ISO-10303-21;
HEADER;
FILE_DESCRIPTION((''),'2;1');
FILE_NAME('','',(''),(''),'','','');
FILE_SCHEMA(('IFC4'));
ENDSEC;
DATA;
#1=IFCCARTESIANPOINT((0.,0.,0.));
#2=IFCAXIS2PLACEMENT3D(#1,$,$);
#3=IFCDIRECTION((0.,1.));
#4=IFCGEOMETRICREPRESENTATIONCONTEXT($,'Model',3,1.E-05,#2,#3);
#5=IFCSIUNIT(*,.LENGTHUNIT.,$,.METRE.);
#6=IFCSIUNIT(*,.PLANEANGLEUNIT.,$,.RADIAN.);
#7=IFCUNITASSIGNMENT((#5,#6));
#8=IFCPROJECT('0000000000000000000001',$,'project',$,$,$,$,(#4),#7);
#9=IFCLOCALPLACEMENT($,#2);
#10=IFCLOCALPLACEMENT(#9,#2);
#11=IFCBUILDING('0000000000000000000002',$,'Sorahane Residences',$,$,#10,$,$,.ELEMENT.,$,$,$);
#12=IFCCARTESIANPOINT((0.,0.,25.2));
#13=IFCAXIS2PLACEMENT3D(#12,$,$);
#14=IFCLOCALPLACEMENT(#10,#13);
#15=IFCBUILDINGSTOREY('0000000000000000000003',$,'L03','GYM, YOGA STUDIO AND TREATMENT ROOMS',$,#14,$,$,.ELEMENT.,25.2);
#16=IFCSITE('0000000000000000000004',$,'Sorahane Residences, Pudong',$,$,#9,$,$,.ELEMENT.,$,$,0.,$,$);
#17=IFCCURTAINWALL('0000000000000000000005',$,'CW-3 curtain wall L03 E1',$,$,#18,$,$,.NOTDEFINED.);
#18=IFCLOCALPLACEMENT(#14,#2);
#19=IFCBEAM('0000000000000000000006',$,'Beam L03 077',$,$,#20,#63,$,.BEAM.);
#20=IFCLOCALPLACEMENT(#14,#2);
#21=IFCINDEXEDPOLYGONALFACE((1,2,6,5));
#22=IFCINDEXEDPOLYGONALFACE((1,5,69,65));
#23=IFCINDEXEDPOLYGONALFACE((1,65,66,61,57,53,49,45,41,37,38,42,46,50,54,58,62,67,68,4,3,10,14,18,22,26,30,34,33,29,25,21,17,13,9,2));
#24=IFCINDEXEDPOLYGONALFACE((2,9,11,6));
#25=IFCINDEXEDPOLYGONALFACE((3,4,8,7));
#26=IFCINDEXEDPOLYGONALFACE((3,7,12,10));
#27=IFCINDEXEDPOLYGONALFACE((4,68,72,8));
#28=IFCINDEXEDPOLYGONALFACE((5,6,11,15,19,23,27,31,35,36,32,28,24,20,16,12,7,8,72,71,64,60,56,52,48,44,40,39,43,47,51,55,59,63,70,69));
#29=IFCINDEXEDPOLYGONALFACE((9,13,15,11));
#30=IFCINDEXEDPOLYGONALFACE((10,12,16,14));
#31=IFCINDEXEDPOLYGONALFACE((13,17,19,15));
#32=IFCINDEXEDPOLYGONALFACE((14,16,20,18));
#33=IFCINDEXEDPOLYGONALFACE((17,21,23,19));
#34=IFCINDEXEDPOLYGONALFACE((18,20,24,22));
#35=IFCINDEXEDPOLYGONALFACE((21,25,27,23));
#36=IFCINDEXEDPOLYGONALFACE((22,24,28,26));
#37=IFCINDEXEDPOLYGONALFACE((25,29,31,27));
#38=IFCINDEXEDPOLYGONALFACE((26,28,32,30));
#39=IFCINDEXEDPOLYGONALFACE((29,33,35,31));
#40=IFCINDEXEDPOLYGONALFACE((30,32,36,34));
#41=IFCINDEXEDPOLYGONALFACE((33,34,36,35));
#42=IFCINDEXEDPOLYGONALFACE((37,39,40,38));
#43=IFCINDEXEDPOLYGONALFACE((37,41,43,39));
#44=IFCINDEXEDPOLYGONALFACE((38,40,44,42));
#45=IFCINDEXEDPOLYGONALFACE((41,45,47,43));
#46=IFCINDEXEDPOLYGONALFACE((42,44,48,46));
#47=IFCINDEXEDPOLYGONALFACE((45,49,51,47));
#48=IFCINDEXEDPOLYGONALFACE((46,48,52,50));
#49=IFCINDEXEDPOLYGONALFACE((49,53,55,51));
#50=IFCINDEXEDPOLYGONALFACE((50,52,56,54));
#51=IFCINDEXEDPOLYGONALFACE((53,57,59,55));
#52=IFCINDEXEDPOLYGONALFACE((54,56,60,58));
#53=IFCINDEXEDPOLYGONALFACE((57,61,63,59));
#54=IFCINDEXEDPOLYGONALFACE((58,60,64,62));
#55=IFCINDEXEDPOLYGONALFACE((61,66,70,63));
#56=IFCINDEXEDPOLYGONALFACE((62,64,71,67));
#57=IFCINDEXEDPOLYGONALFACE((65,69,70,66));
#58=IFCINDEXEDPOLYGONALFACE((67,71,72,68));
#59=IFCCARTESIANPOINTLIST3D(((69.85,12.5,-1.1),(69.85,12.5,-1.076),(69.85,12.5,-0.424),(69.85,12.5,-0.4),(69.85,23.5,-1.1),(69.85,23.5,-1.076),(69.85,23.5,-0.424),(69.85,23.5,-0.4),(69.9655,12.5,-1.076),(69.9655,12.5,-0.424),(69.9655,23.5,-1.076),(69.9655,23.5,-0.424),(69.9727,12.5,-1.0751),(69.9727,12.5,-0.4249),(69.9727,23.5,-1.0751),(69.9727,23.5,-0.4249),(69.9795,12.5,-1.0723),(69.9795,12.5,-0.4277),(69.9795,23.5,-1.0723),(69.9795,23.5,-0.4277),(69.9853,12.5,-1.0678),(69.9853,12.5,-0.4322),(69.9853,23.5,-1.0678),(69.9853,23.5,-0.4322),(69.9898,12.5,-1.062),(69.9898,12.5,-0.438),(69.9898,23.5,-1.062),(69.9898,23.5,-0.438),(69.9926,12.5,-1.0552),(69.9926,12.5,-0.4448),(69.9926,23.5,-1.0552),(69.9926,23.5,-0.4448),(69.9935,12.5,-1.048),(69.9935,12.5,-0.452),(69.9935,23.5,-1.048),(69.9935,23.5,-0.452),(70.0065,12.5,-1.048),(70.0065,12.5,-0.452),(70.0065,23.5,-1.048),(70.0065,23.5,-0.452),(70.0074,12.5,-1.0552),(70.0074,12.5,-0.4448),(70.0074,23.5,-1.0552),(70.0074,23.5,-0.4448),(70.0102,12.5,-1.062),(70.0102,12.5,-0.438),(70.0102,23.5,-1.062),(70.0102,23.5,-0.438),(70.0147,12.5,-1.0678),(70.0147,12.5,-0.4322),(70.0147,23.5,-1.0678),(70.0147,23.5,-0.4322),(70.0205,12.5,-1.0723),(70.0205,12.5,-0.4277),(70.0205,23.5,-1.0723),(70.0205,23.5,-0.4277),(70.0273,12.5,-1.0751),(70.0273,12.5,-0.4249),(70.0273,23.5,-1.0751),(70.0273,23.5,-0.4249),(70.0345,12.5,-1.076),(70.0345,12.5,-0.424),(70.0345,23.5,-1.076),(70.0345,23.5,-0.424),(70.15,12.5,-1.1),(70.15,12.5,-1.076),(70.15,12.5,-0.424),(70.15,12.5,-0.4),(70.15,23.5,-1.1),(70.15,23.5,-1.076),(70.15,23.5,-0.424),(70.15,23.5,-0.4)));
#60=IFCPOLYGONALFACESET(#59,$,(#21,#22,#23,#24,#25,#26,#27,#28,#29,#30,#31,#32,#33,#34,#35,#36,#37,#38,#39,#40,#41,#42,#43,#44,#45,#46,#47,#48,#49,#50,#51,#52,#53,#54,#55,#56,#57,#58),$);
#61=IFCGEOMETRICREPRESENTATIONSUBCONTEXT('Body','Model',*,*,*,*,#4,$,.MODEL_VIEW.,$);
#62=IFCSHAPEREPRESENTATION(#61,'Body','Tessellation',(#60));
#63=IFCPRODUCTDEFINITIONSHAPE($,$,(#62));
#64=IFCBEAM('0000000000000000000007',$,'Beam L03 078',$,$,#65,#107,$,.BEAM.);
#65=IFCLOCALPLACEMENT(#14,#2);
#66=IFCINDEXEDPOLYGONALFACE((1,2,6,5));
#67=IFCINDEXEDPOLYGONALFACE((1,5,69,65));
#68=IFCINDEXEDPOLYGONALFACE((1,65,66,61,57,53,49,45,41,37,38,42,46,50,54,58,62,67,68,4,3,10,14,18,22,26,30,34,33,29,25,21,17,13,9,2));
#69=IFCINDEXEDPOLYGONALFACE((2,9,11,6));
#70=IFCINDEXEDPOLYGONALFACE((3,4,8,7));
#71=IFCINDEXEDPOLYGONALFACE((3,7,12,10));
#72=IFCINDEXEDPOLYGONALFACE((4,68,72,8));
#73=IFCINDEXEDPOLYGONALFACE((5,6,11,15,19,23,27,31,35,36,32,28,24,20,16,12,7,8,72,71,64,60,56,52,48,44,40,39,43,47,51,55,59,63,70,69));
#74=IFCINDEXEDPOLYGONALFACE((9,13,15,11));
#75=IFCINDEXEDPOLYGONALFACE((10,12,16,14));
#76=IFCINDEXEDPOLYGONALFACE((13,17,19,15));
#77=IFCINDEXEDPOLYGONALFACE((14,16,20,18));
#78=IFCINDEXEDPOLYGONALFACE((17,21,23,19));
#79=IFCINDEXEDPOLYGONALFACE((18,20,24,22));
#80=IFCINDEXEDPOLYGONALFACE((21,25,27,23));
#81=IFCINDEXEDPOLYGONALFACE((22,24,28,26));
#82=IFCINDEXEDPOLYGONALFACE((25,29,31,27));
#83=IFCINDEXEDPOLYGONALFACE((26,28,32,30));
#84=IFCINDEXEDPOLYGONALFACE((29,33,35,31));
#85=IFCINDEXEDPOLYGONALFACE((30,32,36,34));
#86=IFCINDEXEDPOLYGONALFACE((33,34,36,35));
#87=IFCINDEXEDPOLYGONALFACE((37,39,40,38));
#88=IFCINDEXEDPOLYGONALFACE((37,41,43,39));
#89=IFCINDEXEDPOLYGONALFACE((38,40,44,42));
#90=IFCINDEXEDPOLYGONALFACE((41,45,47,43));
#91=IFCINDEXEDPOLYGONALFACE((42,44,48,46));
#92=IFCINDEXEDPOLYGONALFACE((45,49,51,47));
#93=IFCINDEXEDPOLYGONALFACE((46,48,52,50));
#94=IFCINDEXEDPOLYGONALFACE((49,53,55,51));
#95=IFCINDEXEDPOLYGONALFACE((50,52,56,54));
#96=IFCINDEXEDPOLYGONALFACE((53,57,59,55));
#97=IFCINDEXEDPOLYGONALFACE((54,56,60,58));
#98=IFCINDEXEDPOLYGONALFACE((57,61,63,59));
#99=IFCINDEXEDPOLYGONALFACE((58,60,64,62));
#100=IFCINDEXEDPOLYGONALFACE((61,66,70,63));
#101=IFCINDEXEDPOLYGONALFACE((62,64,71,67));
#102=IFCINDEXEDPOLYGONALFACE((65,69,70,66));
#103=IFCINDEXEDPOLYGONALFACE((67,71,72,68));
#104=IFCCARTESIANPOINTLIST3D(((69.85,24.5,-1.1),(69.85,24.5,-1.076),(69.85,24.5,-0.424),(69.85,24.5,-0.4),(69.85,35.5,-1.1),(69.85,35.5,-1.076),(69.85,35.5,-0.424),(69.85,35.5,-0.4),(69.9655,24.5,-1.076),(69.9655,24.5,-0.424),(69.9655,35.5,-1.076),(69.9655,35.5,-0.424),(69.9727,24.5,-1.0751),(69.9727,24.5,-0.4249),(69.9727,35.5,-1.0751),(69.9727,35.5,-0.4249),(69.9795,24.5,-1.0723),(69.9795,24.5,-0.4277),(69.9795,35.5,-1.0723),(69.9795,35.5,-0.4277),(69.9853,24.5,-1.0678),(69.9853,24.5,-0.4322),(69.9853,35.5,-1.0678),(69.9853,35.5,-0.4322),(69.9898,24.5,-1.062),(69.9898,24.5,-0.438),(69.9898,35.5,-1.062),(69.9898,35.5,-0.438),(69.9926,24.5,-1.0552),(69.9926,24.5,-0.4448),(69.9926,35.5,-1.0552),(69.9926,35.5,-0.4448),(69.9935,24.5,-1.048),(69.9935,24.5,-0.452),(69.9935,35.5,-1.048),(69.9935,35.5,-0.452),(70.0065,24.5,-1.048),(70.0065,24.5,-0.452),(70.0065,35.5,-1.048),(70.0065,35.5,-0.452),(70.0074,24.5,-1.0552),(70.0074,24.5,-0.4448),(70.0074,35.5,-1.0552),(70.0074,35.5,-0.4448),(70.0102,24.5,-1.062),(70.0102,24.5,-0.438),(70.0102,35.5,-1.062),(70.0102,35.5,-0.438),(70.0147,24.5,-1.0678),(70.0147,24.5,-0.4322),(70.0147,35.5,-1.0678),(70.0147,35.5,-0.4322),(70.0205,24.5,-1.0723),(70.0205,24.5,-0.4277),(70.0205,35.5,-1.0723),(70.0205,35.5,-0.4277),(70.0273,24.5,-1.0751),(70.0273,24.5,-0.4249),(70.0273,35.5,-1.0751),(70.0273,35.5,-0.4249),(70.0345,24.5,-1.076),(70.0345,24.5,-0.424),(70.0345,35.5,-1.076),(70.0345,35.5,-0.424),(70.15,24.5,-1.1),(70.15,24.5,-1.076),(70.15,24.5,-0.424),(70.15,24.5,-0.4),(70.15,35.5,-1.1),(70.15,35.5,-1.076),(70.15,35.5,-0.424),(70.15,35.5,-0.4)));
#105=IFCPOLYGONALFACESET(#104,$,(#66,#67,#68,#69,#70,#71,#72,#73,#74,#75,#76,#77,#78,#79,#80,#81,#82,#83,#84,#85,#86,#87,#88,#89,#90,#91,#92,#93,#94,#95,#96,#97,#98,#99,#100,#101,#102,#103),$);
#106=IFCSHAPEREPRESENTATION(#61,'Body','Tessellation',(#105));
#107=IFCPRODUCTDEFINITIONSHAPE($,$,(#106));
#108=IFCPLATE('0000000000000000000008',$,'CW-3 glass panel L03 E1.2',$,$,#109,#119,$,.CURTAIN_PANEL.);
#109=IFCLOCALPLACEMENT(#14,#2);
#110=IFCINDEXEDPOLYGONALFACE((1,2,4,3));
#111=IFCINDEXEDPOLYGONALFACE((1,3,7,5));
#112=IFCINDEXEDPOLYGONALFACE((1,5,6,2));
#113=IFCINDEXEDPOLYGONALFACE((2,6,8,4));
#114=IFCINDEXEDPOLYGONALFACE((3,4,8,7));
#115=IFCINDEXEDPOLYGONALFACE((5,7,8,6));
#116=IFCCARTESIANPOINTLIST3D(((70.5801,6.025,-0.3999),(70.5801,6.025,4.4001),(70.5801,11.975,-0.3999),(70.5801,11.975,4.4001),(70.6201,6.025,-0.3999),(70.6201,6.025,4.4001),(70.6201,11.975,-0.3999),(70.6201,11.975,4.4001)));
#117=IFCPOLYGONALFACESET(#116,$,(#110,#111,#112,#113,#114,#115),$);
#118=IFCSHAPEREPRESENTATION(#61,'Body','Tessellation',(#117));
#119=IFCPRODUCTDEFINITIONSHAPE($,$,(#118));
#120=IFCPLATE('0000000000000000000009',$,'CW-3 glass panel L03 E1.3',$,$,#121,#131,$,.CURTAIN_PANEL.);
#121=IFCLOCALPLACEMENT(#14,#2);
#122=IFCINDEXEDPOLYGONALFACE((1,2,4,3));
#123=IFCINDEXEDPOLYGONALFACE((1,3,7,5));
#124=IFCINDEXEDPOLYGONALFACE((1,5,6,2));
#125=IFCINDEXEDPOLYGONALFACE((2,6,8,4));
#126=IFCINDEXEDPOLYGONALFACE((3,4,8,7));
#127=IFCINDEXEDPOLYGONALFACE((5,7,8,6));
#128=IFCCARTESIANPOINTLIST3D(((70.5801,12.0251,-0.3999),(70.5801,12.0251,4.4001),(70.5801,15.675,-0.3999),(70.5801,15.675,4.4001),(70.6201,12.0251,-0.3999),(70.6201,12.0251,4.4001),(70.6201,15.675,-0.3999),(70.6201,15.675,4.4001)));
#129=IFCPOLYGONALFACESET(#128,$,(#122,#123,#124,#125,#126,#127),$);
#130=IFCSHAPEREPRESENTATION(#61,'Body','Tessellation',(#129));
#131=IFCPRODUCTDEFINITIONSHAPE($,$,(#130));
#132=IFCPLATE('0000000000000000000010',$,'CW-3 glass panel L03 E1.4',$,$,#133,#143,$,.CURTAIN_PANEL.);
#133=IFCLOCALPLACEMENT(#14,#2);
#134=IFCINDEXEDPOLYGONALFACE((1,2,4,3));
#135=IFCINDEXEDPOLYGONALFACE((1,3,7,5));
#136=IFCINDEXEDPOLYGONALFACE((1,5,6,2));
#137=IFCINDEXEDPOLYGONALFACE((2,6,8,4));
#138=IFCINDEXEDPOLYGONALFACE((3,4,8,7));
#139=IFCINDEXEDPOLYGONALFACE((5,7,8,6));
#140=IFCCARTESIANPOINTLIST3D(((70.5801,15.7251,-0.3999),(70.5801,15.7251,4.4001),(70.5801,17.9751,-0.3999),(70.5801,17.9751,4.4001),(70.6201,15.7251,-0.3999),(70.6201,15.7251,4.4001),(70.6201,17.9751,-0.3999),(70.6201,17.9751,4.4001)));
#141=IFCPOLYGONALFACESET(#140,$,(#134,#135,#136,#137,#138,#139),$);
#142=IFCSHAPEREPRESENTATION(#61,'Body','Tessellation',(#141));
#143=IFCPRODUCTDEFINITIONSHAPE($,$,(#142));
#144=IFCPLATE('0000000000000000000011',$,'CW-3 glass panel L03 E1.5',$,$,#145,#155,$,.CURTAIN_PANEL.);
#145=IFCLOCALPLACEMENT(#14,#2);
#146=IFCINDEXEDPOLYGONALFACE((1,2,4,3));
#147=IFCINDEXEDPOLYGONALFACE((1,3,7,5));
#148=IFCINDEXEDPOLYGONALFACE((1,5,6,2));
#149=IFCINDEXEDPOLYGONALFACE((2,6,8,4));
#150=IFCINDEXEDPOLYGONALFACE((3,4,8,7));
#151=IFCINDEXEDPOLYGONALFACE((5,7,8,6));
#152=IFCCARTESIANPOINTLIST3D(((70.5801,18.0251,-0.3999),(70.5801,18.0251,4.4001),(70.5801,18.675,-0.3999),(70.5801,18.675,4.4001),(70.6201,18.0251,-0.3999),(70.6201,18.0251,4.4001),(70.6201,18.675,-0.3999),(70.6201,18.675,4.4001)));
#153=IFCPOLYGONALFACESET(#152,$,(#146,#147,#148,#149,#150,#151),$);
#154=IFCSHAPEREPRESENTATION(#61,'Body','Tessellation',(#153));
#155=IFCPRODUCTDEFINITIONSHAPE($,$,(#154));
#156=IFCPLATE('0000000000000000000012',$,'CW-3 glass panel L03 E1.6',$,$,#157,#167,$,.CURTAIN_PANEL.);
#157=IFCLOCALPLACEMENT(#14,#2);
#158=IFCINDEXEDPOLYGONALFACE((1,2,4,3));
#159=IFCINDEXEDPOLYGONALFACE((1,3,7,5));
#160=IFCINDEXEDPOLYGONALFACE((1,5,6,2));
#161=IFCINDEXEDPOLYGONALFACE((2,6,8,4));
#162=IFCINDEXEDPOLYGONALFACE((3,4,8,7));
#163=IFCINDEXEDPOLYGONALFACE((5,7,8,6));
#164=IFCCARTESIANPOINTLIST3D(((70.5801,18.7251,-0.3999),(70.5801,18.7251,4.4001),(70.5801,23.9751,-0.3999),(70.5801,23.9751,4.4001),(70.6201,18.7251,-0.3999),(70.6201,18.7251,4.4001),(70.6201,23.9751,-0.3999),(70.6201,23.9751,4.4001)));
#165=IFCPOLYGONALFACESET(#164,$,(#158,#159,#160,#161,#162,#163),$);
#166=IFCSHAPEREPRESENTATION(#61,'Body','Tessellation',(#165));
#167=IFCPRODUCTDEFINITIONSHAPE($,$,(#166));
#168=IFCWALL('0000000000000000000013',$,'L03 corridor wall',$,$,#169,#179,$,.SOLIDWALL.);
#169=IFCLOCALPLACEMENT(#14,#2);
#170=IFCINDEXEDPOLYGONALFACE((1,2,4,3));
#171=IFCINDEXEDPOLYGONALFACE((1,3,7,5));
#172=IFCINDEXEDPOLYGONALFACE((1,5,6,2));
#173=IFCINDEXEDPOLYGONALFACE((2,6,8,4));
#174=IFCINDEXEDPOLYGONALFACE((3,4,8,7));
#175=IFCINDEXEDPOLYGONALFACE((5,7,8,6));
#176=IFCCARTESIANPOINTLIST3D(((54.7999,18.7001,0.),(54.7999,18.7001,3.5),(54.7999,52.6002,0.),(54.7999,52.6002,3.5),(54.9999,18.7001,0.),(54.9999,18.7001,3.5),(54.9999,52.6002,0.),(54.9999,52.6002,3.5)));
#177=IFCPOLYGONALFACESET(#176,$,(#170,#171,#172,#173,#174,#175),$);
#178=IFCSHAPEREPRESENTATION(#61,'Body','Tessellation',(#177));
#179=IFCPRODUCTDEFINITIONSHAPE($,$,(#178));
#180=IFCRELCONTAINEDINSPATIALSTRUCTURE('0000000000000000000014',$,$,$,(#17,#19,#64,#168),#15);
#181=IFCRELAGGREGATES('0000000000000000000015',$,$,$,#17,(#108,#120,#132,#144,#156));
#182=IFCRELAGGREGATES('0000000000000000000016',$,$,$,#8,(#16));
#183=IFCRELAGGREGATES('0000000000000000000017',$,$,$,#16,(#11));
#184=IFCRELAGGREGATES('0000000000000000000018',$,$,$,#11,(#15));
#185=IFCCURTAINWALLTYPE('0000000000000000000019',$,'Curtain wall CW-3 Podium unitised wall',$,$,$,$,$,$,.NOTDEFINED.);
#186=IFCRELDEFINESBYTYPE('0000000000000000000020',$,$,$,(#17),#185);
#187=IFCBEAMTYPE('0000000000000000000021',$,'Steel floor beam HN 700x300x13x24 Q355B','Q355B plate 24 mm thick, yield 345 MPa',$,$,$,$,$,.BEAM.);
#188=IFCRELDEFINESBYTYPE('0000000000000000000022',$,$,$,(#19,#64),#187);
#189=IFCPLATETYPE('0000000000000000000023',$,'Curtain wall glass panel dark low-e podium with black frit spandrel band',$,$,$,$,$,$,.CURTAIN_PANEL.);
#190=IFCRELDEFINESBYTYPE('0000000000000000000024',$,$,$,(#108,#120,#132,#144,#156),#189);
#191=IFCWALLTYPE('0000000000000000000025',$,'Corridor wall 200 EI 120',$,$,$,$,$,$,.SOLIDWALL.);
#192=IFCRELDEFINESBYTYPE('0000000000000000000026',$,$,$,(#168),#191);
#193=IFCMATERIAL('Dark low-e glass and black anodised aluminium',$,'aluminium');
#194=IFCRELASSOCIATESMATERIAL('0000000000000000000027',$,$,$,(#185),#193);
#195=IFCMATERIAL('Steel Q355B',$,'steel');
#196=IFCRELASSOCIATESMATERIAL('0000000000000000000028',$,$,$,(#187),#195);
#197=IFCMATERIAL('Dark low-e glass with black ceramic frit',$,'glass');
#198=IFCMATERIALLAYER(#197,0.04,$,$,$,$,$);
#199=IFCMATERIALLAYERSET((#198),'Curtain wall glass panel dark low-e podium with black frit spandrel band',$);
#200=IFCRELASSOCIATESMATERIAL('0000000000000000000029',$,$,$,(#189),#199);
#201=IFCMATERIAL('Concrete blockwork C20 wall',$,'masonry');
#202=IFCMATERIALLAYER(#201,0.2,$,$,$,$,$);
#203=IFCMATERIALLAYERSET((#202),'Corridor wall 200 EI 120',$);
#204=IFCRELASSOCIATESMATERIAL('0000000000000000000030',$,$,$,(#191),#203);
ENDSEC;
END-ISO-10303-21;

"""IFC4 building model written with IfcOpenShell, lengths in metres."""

from ifc_helpers import new_model, si_unit, direction, frame, frame_2d, origin, origin_2d, place, context, subcontext, project, spatial, rectangle, i_section, extrude, material, layer, layer_set, material_profile, profile_set, type_object, element, aggregate, save


model = new_model("IFC4")

# Units and contexts
model_context = context("Model", 3, precision=1e-05, world=origin(), true_north=direction((0.0, 1.0)))
body_context = subcontext(model_context, "Body", "Model", "MODEL_VIEW")
ifc_project = project(units=[si_unit("LENGTHUNIT", "METRE"), si_unit("PLANEANGLEUNIT", "RADIAN")], contexts=[model_context])

# Site, building, storey
site_placement = place(None, origin())
site = spatial("IfcSite", under=ifc_project, at=site_placement, Name="Sorahane Residences, Pudong", CompositionType="ELEMENT", RefElevation=0.0)
building_placement = place(site_placement, origin())
building = spatial("IfcBuilding", under=site, at=building_placement, Name="Sorahane Residences", CompositionType="ELEMENT")
storey_placement = place(building_placement, frame((0.0, 0.0, 25.2)))
storey = spatial("IfcBuildingStorey", under=building, at=storey_placement, Name="L03", Description="GYM, YOGA STUDIO AND TREATMENT ROOMS", CompositionType="ELEMENT", Elevation=25.2)

# Curtain wall
ifc_material_1 = material(Name="Dark low-e glass and black anodised aluminium", Category="aluminium")
curtain_wall_type = type_object("IfcCurtainWallType", Name="Curtain wall CW-3 Podium unitised wall", PredefinedType="NOTDEFINED", material=ifc_material_1)
curtain_wall_placement = place(storey_placement, origin())
curtain_wall = element("IfcCurtainWall", 1, at=curtain_wall_placement, inside=storey, type_object=curtain_wall_type, Name="CW-3 curtain wall L03 E1", PredefinedType="NOTDEFINED")

# Beams
ifc_material_2 = material(Name="Steel Q355B", Category="steel")
ifc_material_profile_1 = material_profile(ifc_material_2, i_section(OverallWidth=0.3, OverallDepth=0.7, WebThickness=0.0129, FlangeThickness=0.0239, FilletRadius=0.0281, at=origin_2d()), Name="HN 700x300x13x24")
ifc_profile_set_1 = profile_set([ifc_material_profile_1], Name="Steel Q355B")
beam_type_1 = type_object("IfcBeamType", Name="Steel floor beam HN 700x300x13x24 Q355B", Description="Q355B plate 24 mm thick, yield 345 MPa", PredefinedType="BEAM", material=ifc_profile_set_1)
for number, where, z_axis, x_axis, name in (
    (2, (70.0, 12.5, -0.75), (0.0, 1.0, 0.0), (-1.0, 0.0, 0.0), "Beam L03 077"),
    (3, (70.0, 24.5, -0.75), (0.0, 1.0, 0.0), (-1.0, 0.0, 0.0), "Beam L03 078"),
):
    element("IfcBeam", number, at=place(storey_placement, frame(where, z_axis=z_axis, x_axis=x_axis)), inside=storey, type_object=beam_type_1, Name=name, PredefinedType="BEAM", context=body_context, shape_type="SweptSolid", body=[
        extrude(i_section(OverallWidth=0.3, OverallDepth=0.7, WebThickness=0.0129, FlangeThickness=0.0239, FilletRadius=0.0281, at=origin_2d()), origin(), (0.0, 0.0, 1.0), 11.0),
    ])

# Plates
ifc_material_3 = material(Name="Dark low-e glass with black ceramic frit", Category="glass")
ifc_layer_1 = layer(ifc_material_3, 0.04)
ifc_layer_set_1 = layer_set([ifc_layer_1], Name="Curtain wall glass panel dark low-e podium with black frit spandrel band")
plate_type = type_object("IfcPlateType", Name="Curtain wall glass panel dark low-e podium with black frit spandrel band", PredefinedType="CURTAIN_PANEL", material=ifc_layer_set_1)
plate_1_placement = place(storey_placement, frame((70.6001, 9.0, -0.3999), z_axis=(0.0, 0.0, 1.0), x_axis=(0.0, 1.0, 0.0)))
plate_1 = element("IfcPlate", 4, at=plate_1_placement, type_object=plate_type, Name="CW-3 glass panel L03 E1.2", PredefinedType="CURTAIN_PANEL", context=body_context, shape_type="SweptSolid", body=[
    extrude(rectangle(XDim=5.95, YDim=0.04, at=origin_2d()), origin(), (0.0, 0.0, 1.0), 4.8),
])
plate_2_placement = place(storey_placement, frame((70.6001, 13.8501, -0.3999), z_axis=(0.0, 0.0, 1.0), x_axis=(0.0, 1.0, 0.0)))
plate_2 = element("IfcPlate", 5, at=plate_2_placement, type_object=plate_type, Name="CW-3 glass panel L03 E1.3", PredefinedType="CURTAIN_PANEL", context=body_context, shape_type="SweptSolid", body=[
    extrude(rectangle(XDim=3.6499, YDim=0.04, at=origin_2d()), origin(), (0.0, 0.0, 1.0), 4.8),
])
plate_3_placement = place(storey_placement, frame((70.6001, 16.8501, -0.3999), z_axis=(0.0, 0.0, 1.0), x_axis=(0.0, 1.0, 0.0)))
plate_3 = element("IfcPlate", 6, at=plate_3_placement, type_object=plate_type, Name="CW-3 glass panel L03 E1.4", PredefinedType="CURTAIN_PANEL", context=body_context, shape_type="SweptSolid", body=[
    extrude(rectangle(XDim=2.25, YDim=0.04, at=origin_2d()), origin(), (0.0, 0.0, 1.0), 4.8),
])
plate_4_placement = place(storey_placement, frame((70.6001, 18.3501, -0.3999), z_axis=(0.0, 0.0, 1.0), x_axis=(0.0, 1.0, 0.0)))
plate_4 = element("IfcPlate", 7, at=plate_4_placement, type_object=plate_type, Name="CW-3 glass panel L03 E1.5", PredefinedType="CURTAIN_PANEL", context=body_context, shape_type="SweptSolid", body=[
    extrude(rectangle(XDim=0.6499, YDim=0.04, at=origin_2d()), origin(), (0.0, 0.0, 1.0), 4.8),
])
plate_5_placement = place(storey_placement, frame((70.6001, 21.3501, -0.3999), z_axis=(0.0, 0.0, 1.0), x_axis=(0.0, 1.0, 0.0)))
plate_5 = element("IfcPlate", 8, at=plate_5_placement, type_object=plate_type, Name="CW-3 glass panel L03 E1.6", PredefinedType="CURTAIN_PANEL", context=body_context, shape_type="SweptSolid", body=[
    extrude(rectangle(XDim=5.25, YDim=0.04, at=origin_2d()), origin(), (0.0, 0.0, 1.0), 4.8),
])
aggregate(curtain_wall, [plate_1, plate_2, plate_3, plate_4, plate_5])

# Wall
ifc_material_4 = material(Name="Concrete blockwork C20 wall", Category="masonry")
ifc_layer_2 = layer(ifc_material_4, 0.2)
ifc_layer_set_2 = layer_set([ifc_layer_2], Name="Corridor wall 200 EI 120")
wall_type = type_object("IfcWallType", Name="Corridor wall 200 EI 120", PredefinedType="SOLIDWALL", material=ifc_layer_set_2)
wall_1_placement = place(storey_placement, frame((54.8999, 18.7, 0.0), z_axis=(0.0, 0.0, 1.0), x_axis=(0.0, 1.0, 0.0)))
element("IfcWall", 9, at=wall_1_placement, inside=storey, type_object=wall_type, Name="L03 corridor wall", PredefinedType="SOLIDWALL", context=body_context, shape_type="SweptSolid", body=[
    extrude(rectangle(XDim=33.9001, YDim=0.2, at=frame_2d((16.9502, 0.0))), origin(), (0.0, 0.0, 1.0), 3.5),
])

save(model, "model.ifc")
